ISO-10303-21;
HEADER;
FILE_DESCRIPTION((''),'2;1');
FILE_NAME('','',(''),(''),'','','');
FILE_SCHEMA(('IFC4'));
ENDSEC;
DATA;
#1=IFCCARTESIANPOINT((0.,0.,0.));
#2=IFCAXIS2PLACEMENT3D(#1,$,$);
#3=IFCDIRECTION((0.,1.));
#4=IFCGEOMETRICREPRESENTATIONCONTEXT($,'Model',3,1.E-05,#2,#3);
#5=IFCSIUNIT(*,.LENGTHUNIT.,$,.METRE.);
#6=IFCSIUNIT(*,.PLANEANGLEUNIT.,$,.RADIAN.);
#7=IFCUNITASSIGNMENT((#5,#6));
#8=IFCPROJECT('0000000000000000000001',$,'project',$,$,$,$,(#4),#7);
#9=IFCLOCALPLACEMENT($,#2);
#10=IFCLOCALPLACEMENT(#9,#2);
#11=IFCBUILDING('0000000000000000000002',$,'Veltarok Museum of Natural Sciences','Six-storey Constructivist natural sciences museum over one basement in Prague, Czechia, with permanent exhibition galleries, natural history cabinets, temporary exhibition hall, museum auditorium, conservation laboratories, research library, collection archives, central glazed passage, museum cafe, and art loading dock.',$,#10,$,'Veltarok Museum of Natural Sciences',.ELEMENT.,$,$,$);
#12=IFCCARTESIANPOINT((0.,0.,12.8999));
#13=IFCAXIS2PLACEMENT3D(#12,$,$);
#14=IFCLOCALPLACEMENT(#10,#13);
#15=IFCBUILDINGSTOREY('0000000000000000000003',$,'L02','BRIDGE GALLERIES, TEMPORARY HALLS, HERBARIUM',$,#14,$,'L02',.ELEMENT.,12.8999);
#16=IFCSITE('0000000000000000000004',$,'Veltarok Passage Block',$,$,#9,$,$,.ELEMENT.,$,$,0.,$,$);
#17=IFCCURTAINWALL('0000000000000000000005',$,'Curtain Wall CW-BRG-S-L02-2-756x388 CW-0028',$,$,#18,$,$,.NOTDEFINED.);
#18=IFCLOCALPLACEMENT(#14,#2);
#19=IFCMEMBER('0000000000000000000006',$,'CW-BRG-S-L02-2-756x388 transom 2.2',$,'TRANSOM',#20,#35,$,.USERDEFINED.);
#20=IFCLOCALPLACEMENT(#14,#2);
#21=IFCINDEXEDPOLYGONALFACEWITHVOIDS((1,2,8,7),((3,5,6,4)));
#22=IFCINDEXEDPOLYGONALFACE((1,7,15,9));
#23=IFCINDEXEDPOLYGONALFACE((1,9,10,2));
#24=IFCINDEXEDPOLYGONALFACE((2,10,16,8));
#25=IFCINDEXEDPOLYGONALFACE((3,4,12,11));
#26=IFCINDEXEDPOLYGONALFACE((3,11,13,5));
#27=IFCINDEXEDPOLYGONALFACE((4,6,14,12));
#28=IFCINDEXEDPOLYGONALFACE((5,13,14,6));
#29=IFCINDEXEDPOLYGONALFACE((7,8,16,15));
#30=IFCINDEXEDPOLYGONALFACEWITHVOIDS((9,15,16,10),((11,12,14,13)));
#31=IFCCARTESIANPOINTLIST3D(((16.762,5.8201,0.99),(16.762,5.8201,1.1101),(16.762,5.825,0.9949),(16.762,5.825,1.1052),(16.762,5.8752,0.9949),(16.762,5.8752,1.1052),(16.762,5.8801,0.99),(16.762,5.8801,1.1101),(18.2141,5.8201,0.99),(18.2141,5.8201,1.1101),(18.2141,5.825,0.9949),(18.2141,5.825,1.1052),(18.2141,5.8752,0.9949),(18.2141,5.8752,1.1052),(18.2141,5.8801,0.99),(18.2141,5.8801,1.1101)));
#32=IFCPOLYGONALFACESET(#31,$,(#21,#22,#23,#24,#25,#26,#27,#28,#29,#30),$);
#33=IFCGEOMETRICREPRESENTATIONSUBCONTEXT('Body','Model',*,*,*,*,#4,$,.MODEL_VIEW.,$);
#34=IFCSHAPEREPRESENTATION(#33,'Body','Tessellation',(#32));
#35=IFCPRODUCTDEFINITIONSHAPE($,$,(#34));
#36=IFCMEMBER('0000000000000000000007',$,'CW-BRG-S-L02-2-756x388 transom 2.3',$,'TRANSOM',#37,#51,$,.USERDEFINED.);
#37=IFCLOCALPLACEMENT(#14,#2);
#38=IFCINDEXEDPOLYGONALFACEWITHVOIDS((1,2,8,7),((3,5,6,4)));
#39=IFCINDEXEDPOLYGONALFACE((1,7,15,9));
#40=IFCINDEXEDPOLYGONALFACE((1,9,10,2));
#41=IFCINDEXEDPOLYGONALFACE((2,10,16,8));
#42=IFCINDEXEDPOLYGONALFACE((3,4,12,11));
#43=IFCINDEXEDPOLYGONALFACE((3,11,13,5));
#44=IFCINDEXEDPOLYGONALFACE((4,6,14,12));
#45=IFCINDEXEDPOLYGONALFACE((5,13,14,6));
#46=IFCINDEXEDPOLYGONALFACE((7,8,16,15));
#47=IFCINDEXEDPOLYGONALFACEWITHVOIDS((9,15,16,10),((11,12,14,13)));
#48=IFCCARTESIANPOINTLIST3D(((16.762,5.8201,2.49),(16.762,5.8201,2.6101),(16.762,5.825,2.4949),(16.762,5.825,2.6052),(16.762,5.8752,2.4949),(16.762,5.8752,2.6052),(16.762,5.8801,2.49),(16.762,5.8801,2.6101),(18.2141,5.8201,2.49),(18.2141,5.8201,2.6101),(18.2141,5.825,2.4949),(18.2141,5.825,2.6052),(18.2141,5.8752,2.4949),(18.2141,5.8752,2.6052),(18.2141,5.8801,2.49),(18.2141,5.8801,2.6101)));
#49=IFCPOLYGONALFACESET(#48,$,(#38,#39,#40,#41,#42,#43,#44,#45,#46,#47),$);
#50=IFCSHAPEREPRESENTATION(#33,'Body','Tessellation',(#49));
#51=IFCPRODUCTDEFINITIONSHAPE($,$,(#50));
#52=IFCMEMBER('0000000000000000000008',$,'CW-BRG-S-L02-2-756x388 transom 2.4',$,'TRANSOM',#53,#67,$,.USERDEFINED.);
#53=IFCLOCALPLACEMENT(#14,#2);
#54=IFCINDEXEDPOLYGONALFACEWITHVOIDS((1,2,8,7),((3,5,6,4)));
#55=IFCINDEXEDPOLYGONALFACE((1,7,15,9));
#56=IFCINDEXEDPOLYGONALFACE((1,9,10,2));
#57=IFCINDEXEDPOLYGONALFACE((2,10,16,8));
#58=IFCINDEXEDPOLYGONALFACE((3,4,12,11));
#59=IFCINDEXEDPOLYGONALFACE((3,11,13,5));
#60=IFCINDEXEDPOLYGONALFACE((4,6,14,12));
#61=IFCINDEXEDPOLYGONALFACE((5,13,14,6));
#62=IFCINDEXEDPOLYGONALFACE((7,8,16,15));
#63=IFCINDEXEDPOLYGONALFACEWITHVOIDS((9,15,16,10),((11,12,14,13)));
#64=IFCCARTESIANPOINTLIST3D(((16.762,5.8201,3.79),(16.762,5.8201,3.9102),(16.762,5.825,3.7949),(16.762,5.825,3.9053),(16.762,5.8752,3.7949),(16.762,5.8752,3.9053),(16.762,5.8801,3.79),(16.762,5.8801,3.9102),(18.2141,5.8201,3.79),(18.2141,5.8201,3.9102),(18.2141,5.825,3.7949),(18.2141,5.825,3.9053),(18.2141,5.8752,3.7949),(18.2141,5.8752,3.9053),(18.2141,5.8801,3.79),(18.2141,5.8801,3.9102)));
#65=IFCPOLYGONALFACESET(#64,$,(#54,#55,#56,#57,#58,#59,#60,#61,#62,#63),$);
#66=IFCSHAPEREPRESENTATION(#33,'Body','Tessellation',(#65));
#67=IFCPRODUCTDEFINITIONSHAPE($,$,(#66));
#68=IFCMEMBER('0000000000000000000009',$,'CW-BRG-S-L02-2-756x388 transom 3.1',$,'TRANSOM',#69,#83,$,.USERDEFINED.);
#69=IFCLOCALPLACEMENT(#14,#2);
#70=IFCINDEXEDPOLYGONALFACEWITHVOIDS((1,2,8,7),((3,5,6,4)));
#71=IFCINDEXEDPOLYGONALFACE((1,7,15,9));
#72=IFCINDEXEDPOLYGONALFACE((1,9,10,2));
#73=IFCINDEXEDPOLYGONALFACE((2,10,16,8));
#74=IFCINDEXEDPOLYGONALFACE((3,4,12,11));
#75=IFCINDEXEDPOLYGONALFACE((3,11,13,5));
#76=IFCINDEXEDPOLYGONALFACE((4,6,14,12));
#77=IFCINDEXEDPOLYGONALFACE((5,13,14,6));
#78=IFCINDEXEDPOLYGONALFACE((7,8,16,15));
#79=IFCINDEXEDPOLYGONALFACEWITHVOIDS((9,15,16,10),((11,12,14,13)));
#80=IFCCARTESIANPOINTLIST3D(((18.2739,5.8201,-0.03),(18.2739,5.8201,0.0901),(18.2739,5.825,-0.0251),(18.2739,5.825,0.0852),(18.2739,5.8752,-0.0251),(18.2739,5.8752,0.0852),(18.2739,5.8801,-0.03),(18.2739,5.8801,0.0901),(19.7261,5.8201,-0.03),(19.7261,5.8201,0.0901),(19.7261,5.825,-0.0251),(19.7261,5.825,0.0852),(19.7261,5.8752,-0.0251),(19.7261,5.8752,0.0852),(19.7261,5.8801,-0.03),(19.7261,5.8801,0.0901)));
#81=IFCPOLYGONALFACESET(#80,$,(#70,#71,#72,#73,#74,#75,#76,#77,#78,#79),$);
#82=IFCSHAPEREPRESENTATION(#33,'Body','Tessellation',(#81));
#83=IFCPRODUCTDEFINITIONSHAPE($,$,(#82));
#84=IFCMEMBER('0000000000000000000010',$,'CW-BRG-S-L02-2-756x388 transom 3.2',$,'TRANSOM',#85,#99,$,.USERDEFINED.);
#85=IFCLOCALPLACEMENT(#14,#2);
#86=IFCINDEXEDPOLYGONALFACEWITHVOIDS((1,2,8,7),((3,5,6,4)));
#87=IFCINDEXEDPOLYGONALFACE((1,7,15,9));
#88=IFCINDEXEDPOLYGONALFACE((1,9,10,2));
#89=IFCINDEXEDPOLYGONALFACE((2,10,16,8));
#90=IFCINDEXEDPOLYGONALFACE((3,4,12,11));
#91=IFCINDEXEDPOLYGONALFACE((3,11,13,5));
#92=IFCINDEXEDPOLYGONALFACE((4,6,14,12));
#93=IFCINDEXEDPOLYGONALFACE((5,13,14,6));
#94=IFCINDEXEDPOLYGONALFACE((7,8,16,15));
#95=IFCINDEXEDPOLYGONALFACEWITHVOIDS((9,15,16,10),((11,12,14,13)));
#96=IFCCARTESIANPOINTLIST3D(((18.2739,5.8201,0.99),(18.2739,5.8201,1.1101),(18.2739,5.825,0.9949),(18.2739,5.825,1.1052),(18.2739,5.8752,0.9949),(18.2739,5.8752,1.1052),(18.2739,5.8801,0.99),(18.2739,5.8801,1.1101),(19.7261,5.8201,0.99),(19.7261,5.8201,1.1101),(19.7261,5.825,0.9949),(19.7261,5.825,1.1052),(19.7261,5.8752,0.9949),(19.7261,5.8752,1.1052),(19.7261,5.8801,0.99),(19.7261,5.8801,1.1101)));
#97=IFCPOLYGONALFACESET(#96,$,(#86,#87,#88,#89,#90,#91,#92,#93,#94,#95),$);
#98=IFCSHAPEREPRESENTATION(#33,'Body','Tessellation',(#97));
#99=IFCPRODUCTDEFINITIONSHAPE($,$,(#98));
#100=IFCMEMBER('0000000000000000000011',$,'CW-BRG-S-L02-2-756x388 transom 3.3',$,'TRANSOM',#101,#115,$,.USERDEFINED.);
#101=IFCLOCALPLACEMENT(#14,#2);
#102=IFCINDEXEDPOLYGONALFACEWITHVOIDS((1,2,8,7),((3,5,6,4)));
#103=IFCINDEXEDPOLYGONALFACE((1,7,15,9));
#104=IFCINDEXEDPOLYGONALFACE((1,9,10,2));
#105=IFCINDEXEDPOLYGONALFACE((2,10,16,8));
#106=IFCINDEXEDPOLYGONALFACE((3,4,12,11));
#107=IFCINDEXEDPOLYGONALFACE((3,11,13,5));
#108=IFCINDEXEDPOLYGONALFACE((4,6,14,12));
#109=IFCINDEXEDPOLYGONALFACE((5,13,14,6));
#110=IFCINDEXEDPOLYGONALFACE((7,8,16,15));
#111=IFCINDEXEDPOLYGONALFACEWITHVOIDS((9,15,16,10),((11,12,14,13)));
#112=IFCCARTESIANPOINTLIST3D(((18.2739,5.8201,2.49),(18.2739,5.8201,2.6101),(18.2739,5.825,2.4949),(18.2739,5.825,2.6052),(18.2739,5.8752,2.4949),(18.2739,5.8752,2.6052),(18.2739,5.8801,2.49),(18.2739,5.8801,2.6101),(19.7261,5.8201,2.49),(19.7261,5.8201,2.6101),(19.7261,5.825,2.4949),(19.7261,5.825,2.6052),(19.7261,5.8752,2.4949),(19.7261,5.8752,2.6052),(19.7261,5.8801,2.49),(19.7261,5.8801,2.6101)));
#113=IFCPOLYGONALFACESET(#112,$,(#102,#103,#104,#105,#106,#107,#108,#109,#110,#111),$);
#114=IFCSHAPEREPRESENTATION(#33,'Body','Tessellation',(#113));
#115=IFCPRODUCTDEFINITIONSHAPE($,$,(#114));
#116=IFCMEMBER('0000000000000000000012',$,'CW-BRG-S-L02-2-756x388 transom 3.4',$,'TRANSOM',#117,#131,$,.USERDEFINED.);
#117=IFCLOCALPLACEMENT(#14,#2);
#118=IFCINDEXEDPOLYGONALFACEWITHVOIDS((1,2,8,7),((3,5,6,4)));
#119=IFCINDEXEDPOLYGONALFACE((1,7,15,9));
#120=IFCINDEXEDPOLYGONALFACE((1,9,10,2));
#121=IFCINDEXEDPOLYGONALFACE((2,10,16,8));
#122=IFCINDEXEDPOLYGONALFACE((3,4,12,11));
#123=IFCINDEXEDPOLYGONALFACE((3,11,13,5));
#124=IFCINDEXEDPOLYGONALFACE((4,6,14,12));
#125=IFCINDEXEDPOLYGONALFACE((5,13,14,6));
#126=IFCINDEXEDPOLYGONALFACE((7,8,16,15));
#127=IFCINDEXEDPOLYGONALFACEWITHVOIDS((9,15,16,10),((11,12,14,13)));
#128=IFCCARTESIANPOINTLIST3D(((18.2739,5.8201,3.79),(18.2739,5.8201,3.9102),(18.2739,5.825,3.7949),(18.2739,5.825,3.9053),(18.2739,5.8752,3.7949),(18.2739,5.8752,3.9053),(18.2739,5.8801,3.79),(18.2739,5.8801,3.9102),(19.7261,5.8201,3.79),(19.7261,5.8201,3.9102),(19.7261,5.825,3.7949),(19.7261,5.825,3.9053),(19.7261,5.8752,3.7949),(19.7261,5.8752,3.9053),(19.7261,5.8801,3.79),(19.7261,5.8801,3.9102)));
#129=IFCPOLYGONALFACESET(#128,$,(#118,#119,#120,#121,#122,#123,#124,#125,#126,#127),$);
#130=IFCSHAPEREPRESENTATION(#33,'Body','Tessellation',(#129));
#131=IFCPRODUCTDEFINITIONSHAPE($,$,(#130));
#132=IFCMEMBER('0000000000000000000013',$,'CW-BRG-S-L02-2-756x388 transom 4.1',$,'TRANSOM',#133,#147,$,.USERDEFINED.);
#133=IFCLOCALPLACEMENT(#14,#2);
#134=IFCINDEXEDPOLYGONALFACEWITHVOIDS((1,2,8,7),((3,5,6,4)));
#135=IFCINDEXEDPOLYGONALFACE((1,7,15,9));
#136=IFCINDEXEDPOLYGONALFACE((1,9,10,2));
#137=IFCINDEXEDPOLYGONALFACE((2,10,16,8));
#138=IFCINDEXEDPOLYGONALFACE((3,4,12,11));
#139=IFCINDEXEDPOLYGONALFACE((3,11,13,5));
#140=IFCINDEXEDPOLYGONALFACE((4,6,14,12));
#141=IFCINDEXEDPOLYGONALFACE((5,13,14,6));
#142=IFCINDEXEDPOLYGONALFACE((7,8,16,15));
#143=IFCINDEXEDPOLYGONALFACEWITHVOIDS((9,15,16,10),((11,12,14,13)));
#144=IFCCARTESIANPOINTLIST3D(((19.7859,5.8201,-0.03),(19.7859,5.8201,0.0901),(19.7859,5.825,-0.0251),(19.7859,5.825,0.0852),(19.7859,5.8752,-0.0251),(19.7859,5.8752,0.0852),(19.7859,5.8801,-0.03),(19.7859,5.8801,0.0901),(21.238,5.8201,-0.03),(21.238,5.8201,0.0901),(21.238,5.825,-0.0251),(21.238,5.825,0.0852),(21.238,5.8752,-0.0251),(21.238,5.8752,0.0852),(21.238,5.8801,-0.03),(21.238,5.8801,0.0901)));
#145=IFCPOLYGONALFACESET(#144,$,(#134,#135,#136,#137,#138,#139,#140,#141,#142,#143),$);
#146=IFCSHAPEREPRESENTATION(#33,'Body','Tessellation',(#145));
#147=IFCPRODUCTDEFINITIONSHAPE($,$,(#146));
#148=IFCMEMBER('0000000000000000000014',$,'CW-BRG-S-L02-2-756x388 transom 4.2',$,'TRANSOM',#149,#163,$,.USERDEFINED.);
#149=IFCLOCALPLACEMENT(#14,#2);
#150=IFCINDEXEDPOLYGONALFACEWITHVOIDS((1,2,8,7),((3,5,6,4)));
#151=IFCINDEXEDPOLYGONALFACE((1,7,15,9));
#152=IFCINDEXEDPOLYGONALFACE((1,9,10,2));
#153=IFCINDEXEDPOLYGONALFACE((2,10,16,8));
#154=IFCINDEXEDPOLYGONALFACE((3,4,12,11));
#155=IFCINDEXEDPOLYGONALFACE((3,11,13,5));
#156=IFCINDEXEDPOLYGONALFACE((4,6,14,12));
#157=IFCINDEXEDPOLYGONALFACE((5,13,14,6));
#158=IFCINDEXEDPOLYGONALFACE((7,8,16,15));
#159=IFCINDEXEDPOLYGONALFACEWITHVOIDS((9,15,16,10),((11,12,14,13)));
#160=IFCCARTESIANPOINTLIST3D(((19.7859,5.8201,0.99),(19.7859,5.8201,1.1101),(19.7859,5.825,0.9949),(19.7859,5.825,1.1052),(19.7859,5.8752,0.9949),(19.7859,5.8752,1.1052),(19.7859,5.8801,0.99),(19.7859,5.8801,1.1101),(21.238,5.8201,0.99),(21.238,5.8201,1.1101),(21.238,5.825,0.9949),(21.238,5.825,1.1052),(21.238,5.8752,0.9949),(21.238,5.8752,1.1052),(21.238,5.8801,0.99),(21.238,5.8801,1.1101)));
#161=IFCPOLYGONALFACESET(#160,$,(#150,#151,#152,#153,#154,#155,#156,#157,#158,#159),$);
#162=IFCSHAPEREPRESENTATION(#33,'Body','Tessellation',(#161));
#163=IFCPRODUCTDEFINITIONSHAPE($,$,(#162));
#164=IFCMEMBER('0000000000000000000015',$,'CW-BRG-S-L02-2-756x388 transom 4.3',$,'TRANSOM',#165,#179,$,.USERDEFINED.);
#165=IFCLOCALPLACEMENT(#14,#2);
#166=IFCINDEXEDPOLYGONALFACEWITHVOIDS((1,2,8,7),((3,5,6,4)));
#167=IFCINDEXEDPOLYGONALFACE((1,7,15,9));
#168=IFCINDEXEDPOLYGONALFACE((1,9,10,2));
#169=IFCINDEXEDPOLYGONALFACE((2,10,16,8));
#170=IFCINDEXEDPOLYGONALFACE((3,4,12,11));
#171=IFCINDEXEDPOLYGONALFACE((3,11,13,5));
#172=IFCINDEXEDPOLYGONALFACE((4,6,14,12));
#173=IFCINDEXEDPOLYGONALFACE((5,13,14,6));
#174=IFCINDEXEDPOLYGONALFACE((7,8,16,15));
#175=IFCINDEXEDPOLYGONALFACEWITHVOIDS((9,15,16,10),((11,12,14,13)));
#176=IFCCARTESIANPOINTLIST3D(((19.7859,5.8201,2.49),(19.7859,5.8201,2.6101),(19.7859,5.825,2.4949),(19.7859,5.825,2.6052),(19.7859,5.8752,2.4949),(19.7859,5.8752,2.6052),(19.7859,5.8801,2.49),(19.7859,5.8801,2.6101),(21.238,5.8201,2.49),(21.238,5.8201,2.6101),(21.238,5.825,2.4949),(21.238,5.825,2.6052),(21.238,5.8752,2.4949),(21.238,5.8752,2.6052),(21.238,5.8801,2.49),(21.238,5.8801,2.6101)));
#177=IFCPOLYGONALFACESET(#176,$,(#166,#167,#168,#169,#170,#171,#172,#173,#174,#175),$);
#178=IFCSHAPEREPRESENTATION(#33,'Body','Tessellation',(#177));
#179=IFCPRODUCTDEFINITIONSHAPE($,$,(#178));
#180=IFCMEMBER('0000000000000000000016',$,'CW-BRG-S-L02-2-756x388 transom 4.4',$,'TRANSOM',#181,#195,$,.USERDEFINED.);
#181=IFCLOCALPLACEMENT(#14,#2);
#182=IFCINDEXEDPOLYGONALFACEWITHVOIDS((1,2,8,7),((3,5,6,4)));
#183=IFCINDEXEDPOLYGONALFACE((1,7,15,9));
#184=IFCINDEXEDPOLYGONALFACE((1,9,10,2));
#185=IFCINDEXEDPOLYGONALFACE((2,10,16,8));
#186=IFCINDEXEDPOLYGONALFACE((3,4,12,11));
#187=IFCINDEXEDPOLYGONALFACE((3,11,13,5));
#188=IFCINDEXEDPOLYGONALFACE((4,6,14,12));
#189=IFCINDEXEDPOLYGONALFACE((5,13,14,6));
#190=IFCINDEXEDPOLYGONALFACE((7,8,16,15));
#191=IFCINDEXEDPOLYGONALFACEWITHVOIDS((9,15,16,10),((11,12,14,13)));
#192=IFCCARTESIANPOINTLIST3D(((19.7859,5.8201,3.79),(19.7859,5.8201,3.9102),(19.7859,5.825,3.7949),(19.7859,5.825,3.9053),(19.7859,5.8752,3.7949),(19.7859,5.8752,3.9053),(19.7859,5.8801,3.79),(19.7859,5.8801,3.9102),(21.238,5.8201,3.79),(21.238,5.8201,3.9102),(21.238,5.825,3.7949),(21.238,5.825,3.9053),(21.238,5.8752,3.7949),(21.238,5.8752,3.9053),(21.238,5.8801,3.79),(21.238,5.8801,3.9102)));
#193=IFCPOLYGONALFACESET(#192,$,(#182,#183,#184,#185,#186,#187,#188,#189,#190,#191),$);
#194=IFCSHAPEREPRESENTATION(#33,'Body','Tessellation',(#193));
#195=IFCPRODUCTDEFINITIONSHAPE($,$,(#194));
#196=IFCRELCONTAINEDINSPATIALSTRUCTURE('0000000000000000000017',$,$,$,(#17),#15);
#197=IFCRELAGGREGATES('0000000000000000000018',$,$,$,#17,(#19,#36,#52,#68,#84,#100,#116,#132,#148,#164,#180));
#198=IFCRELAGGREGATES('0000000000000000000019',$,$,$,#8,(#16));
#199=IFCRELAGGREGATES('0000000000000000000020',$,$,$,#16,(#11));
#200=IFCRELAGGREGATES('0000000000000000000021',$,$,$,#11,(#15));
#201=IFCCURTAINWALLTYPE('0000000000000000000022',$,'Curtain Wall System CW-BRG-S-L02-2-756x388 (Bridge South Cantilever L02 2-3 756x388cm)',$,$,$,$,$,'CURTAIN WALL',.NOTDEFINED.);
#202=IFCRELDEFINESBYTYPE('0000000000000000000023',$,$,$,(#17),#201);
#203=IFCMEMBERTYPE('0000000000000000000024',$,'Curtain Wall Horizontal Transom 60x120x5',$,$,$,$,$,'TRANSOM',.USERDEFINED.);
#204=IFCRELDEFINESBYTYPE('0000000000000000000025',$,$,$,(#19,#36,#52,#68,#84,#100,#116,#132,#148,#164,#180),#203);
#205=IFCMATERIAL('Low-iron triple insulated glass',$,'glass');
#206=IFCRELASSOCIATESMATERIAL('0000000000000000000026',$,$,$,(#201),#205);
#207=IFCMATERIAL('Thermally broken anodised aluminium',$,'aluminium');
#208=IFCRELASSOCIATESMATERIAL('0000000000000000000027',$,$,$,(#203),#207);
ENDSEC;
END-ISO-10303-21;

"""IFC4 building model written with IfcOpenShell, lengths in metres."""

from ifc_helpers import new_model, si_unit, direction, frame, origin, origin_2d, place, context, subcontext, project, spatial, hollow_rectangle, extrude, material, material_profile, profile_set, type_object, element, aggregate, save


model = new_model("IFC4")

# Units and contexts
model_context = context("Model", 3, precision=1e-05, world=origin(), true_north=direction((0.0, 1.0)))
body_context = subcontext(model_context, "Body", "Model", "MODEL_VIEW")
ifc_project = project(units=[si_unit("LENGTHUNIT", "METRE"), si_unit("PLANEANGLEUNIT", "RADIAN")], contexts=[model_context])

# Site, building, storey
site_placement = place(None, origin())
site = spatial("IfcSite", under=ifc_project, at=site_placement, Name="Veltarok Passage Block", CompositionType="ELEMENT", RefElevation=0.0)
building_placement = place(site_placement, origin())
building = spatial("IfcBuilding", under=site, at=building_placement, Name="Veltarok Museum of Natural Sciences", Description="Six-storey Constructivist natural sciences museum over one basement in Prague, Czechia, with permanent exhibition galleries, natural history cabinets, temporary exhibition hall, museum auditorium, conservation laboratories, research library, collection archives, central glazed passage, museum cafe, and art loading dock.", LongName="Veltarok Museum of Natural Sciences", CompositionType="ELEMENT")
storey_placement = place(building_placement, frame((0.0, 0.0, 12.8999)))
storey = spatial("IfcBuildingStorey", under=building, at=storey_placement, Name="L02", Description="BRIDGE GALLERIES, TEMPORARY HALLS, HERBARIUM", LongName="L02", CompositionType="ELEMENT", Elevation=12.8999)

# Curtain wall, members
ifc_material_1 = material(Name="Low-iron triple insulated glass", Category="glass")
curtain_wall_type = type_object("IfcCurtainWallType", Name="Curtain Wall System CW-BRG-S-L02-2-756x388 (Bridge South Cantilever L02 2-3 756x388cm)", ElementType="CURTAIN WALL", PredefinedType="NOTDEFINED", material=ifc_material_1)
curtain_wall_placement = place(storey_placement, origin())
curtain_wall = element("IfcCurtainWall", 1, at=curtain_wall_placement, inside=storey, type_object=curtain_wall_type, Name="Curtain Wall CW-BRG-S-L02-2-756x388 CW-0028", PredefinedType="NOTDEFINED")
ifc_material_2 = material(Name="Thermally broken anodised aluminium", Category="aluminium")
ifc_material_profile_1 = material_profile(ifc_material_2, hollow_rectangle(XDim=0.0601, YDim=0.1201, WallThickness=0.0049, at=origin_2d()), Name="CW TRANSOM 60x120x5")
ifc_profile_set_1 = profile_set([ifc_material_profile_1], Name="Thermally broken anodised aluminium")
member_type_1 = type_object("IfcMemberType", Name="Curtain Wall Horizontal Transom 60x120x5", ElementType="TRANSOM", PredefinedType="USERDEFINED", material=ifc_profile_set_1)
member_1_placement = place(storey_placement, frame((16.762, 5.8501, 1.05), z_axis=(1.0, 0.0, 0.0), x_axis=(0.0, 1.0, 0.0)))
member_1 = element("IfcMember", 2, at=member_1_placement, type_object=member_type_1, Name="CW-BRG-S-L02-2-756x388 transom 2.2", ObjectType="TRANSOM", PredefinedType="USERDEFINED", context=body_context, shape_type="SweptSolid", body=[
    extrude(hollow_rectangle(XDim=0.0601, YDim=0.1201, WallThickness=0.0049, at=origin_2d()), origin(), (0.0, 0.0, 1.0), 1.4521),
])
member_2_placement = place(storey_placement, frame((16.762, 5.8501, 2.55), z_axis=(1.0, 0.0, 0.0), x_axis=(0.0, 1.0, 0.0)))
member_2 = element("IfcMember", 3, at=member_2_placement, type_object=member_type_1, Name="CW-BRG-S-L02-2-756x388 transom 2.3", ObjectType="TRANSOM", PredefinedType="USERDEFINED", context=body_context, shape_type="SweptSolid", body=[
    extrude(hollow_rectangle(XDim=0.0601, YDim=0.1201, WallThickness=0.0049, at=origin_2d()), origin(), (0.0, 0.0, 1.0), 1.4521),
])
member_3_placement = place(storey_placement, frame((16.762, 5.8501, 3.8501), z_axis=(1.0, 0.0, 0.0), x_axis=(0.0, 1.0, 0.0)))
member_3 = element("IfcMember", 4, at=member_3_placement, type_object=member_type_1, Name="CW-BRG-S-L02-2-756x388 transom 2.4", ObjectType="TRANSOM", PredefinedType="USERDEFINED", context=body_context, shape_type="SweptSolid", body=[
    extrude(hollow_rectangle(XDim=0.0601, YDim=0.1201, WallThickness=0.0049, at=origin_2d()), origin(), (0.0, 0.0, 1.0), 1.4521),
])
member_4_placement = place(storey_placement, frame((18.2739, 5.8501, 0.03), z_axis=(1.0, 0.0, 0.0), x_axis=(0.0, 1.0, 0.0)))
member_4 = element("IfcMember", 5, at=member_4_placement, type_object=member_type_1, Name="CW-BRG-S-L02-2-756x388 transom 3.1", ObjectType="TRANSOM", PredefinedType="USERDEFINED", context=body_context, shape_type="SweptSolid", body=[
    extrude(hollow_rectangle(XDim=0.0601, YDim=0.1201, WallThickness=0.0049, at=origin_2d()), origin(), (0.0, 0.0, 1.0), 1.4521),
])
member_5_placement = place(storey_placement, frame((18.2739, 5.8501, 1.05), z_axis=(1.0, 0.0, 0.0), x_axis=(0.0, 1.0, 0.0)))
member_5 = element("IfcMember", 6, at=member_5_placement, type_object=member_type_1, Name="CW-BRG-S-L02-2-756x388 transom 3.2", ObjectType="TRANSOM", PredefinedType="USERDEFINED", context=body_context, shape_type="SweptSolid", body=[
    extrude(hollow_rectangle(XDim=0.0601, YDim=0.1201, WallThickness=0.0049, at=origin_2d()), origin(), (0.0, 0.0, 1.0), 1.4521),
])
member_6_placement = place(storey_placement, frame((18.2739, 5.8501, 2.55), z_axis=(1.0, 0.0, 0.0), x_axis=(0.0, 1.0, 0.0)))
member_6 = element("IfcMember", 7, at=member_6_placement, type_object=member_type_1, Name="CW-BRG-S-L02-2-756x388 transom 3.3", ObjectType="TRANSOM", PredefinedType="USERDEFINED", context=body_context, shape_type="SweptSolid", body=[
    extrude(hollow_rectangle(XDim=0.0601, YDim=0.1201, WallThickness=0.0049, at=origin_2d()), origin(), (0.0, 0.0, 1.0), 1.4521),
])
member_7_placement = place(storey_placement, frame((18.2739, 5.8501, 3.8501), z_axis=(1.0, 0.0, 0.0), x_axis=(0.0, 1.0, 0.0)))
member_7 = element("IfcMember", 8, at=member_7_placement, type_object=member_type_1, Name="CW-BRG-S-L02-2-756x388 transom 3.4", ObjectType="TRANSOM", PredefinedType="USERDEFINED", context=body_context, shape_type="SweptSolid", body=[
    extrude(hollow_rectangle(XDim=0.0601, YDim=0.1201, WallThickness=0.0049, at=origin_2d()), origin(), (0.0, 0.0, 1.0), 1.4521),
])
member_8_placement = place(storey_placement, frame((19.7859, 5.8501, 0.03), z_axis=(1.0, 0.0, 0.0), x_axis=(0.0, 1.0, 0.0)))
member_8 = element("IfcMember", 9, at=member_8_placement, type_object=member_type_1, Name="CW-BRG-S-L02-2-756x388 transom 4.1", ObjectType="TRANSOM", PredefinedType="USERDEFINED", context=body_context, shape_type="SweptSolid", body=[
    extrude(hollow_rectangle(XDim=0.0601, YDim=0.1201, WallThickness=0.0049, at=origin_2d()), origin(), (0.0, 0.0, 1.0), 1.4521),
])
member_9_placement = place(storey_placement, frame((19.7859, 5.8501, 1.05), z_axis=(1.0, 0.0, 0.0), x_axis=(0.0, 1.0, 0.0)))
member_9 = element("IfcMember", 10, at=member_9_placement, type_object=member_type_1, Name="CW-BRG-S-L02-2-756x388 transom 4.2", ObjectType="TRANSOM", PredefinedType="USERDEFINED", context=body_context, shape_type="SweptSolid", body=[
    extrude(hollow_rectangle(XDim=0.0601, YDim=0.1201, WallThickness=0.0049, at=origin_2d()), origin(), (0.0, 0.0, 1.0), 1.4521),
])
member_10_placement = place(storey_placement, frame((19.7859, 5.8501, 2.55), z_axis=(1.0, 0.0, 0.0), x_axis=(0.0, 1.0, 0.0)))
member_10 = element("IfcMember", 11, at=member_10_placement, type_object=member_type_1, Name="CW-BRG-S-L02-2-756x388 transom 4.3", ObjectType="TRANSOM", PredefinedType="USERDEFINED", context=body_context, shape_type="SweptSolid", body=[
    extrude(hollow_rectangle(XDim=0.0601, YDim=0.1201, WallThickness=0.0049, at=origin_2d()), origin(), (0.0, 0.0, 1.0), 1.4521),
])
member_11_placement = place(storey_placement, frame((19.7859, 5.8501, 3.8501), z_axis=(1.0, 0.0, 0.0), x_axis=(0.0, 1.0, 0.0)))
member_11 = element("IfcMember", 12, at=member_11_placement, type_object=member_type_1, Name="CW-BRG-S-L02-2-756x388 transom 4.4", ObjectType="TRANSOM", PredefinedType="USERDEFINED", context=body_context, shape_type="SweptSolid", body=[
    extrude(hollow_rectangle(XDim=0.0601, YDim=0.1201, WallThickness=0.0049, at=origin_2d()), origin(), (0.0, 0.0, 1.0), 1.4521),
])

aggregate(curtain_wall, [member_1, member_2, member_3, member_4, member_5, member_6, member_7, member_8, member_9, member_10, member_11])

save(model, "model.ifc")
